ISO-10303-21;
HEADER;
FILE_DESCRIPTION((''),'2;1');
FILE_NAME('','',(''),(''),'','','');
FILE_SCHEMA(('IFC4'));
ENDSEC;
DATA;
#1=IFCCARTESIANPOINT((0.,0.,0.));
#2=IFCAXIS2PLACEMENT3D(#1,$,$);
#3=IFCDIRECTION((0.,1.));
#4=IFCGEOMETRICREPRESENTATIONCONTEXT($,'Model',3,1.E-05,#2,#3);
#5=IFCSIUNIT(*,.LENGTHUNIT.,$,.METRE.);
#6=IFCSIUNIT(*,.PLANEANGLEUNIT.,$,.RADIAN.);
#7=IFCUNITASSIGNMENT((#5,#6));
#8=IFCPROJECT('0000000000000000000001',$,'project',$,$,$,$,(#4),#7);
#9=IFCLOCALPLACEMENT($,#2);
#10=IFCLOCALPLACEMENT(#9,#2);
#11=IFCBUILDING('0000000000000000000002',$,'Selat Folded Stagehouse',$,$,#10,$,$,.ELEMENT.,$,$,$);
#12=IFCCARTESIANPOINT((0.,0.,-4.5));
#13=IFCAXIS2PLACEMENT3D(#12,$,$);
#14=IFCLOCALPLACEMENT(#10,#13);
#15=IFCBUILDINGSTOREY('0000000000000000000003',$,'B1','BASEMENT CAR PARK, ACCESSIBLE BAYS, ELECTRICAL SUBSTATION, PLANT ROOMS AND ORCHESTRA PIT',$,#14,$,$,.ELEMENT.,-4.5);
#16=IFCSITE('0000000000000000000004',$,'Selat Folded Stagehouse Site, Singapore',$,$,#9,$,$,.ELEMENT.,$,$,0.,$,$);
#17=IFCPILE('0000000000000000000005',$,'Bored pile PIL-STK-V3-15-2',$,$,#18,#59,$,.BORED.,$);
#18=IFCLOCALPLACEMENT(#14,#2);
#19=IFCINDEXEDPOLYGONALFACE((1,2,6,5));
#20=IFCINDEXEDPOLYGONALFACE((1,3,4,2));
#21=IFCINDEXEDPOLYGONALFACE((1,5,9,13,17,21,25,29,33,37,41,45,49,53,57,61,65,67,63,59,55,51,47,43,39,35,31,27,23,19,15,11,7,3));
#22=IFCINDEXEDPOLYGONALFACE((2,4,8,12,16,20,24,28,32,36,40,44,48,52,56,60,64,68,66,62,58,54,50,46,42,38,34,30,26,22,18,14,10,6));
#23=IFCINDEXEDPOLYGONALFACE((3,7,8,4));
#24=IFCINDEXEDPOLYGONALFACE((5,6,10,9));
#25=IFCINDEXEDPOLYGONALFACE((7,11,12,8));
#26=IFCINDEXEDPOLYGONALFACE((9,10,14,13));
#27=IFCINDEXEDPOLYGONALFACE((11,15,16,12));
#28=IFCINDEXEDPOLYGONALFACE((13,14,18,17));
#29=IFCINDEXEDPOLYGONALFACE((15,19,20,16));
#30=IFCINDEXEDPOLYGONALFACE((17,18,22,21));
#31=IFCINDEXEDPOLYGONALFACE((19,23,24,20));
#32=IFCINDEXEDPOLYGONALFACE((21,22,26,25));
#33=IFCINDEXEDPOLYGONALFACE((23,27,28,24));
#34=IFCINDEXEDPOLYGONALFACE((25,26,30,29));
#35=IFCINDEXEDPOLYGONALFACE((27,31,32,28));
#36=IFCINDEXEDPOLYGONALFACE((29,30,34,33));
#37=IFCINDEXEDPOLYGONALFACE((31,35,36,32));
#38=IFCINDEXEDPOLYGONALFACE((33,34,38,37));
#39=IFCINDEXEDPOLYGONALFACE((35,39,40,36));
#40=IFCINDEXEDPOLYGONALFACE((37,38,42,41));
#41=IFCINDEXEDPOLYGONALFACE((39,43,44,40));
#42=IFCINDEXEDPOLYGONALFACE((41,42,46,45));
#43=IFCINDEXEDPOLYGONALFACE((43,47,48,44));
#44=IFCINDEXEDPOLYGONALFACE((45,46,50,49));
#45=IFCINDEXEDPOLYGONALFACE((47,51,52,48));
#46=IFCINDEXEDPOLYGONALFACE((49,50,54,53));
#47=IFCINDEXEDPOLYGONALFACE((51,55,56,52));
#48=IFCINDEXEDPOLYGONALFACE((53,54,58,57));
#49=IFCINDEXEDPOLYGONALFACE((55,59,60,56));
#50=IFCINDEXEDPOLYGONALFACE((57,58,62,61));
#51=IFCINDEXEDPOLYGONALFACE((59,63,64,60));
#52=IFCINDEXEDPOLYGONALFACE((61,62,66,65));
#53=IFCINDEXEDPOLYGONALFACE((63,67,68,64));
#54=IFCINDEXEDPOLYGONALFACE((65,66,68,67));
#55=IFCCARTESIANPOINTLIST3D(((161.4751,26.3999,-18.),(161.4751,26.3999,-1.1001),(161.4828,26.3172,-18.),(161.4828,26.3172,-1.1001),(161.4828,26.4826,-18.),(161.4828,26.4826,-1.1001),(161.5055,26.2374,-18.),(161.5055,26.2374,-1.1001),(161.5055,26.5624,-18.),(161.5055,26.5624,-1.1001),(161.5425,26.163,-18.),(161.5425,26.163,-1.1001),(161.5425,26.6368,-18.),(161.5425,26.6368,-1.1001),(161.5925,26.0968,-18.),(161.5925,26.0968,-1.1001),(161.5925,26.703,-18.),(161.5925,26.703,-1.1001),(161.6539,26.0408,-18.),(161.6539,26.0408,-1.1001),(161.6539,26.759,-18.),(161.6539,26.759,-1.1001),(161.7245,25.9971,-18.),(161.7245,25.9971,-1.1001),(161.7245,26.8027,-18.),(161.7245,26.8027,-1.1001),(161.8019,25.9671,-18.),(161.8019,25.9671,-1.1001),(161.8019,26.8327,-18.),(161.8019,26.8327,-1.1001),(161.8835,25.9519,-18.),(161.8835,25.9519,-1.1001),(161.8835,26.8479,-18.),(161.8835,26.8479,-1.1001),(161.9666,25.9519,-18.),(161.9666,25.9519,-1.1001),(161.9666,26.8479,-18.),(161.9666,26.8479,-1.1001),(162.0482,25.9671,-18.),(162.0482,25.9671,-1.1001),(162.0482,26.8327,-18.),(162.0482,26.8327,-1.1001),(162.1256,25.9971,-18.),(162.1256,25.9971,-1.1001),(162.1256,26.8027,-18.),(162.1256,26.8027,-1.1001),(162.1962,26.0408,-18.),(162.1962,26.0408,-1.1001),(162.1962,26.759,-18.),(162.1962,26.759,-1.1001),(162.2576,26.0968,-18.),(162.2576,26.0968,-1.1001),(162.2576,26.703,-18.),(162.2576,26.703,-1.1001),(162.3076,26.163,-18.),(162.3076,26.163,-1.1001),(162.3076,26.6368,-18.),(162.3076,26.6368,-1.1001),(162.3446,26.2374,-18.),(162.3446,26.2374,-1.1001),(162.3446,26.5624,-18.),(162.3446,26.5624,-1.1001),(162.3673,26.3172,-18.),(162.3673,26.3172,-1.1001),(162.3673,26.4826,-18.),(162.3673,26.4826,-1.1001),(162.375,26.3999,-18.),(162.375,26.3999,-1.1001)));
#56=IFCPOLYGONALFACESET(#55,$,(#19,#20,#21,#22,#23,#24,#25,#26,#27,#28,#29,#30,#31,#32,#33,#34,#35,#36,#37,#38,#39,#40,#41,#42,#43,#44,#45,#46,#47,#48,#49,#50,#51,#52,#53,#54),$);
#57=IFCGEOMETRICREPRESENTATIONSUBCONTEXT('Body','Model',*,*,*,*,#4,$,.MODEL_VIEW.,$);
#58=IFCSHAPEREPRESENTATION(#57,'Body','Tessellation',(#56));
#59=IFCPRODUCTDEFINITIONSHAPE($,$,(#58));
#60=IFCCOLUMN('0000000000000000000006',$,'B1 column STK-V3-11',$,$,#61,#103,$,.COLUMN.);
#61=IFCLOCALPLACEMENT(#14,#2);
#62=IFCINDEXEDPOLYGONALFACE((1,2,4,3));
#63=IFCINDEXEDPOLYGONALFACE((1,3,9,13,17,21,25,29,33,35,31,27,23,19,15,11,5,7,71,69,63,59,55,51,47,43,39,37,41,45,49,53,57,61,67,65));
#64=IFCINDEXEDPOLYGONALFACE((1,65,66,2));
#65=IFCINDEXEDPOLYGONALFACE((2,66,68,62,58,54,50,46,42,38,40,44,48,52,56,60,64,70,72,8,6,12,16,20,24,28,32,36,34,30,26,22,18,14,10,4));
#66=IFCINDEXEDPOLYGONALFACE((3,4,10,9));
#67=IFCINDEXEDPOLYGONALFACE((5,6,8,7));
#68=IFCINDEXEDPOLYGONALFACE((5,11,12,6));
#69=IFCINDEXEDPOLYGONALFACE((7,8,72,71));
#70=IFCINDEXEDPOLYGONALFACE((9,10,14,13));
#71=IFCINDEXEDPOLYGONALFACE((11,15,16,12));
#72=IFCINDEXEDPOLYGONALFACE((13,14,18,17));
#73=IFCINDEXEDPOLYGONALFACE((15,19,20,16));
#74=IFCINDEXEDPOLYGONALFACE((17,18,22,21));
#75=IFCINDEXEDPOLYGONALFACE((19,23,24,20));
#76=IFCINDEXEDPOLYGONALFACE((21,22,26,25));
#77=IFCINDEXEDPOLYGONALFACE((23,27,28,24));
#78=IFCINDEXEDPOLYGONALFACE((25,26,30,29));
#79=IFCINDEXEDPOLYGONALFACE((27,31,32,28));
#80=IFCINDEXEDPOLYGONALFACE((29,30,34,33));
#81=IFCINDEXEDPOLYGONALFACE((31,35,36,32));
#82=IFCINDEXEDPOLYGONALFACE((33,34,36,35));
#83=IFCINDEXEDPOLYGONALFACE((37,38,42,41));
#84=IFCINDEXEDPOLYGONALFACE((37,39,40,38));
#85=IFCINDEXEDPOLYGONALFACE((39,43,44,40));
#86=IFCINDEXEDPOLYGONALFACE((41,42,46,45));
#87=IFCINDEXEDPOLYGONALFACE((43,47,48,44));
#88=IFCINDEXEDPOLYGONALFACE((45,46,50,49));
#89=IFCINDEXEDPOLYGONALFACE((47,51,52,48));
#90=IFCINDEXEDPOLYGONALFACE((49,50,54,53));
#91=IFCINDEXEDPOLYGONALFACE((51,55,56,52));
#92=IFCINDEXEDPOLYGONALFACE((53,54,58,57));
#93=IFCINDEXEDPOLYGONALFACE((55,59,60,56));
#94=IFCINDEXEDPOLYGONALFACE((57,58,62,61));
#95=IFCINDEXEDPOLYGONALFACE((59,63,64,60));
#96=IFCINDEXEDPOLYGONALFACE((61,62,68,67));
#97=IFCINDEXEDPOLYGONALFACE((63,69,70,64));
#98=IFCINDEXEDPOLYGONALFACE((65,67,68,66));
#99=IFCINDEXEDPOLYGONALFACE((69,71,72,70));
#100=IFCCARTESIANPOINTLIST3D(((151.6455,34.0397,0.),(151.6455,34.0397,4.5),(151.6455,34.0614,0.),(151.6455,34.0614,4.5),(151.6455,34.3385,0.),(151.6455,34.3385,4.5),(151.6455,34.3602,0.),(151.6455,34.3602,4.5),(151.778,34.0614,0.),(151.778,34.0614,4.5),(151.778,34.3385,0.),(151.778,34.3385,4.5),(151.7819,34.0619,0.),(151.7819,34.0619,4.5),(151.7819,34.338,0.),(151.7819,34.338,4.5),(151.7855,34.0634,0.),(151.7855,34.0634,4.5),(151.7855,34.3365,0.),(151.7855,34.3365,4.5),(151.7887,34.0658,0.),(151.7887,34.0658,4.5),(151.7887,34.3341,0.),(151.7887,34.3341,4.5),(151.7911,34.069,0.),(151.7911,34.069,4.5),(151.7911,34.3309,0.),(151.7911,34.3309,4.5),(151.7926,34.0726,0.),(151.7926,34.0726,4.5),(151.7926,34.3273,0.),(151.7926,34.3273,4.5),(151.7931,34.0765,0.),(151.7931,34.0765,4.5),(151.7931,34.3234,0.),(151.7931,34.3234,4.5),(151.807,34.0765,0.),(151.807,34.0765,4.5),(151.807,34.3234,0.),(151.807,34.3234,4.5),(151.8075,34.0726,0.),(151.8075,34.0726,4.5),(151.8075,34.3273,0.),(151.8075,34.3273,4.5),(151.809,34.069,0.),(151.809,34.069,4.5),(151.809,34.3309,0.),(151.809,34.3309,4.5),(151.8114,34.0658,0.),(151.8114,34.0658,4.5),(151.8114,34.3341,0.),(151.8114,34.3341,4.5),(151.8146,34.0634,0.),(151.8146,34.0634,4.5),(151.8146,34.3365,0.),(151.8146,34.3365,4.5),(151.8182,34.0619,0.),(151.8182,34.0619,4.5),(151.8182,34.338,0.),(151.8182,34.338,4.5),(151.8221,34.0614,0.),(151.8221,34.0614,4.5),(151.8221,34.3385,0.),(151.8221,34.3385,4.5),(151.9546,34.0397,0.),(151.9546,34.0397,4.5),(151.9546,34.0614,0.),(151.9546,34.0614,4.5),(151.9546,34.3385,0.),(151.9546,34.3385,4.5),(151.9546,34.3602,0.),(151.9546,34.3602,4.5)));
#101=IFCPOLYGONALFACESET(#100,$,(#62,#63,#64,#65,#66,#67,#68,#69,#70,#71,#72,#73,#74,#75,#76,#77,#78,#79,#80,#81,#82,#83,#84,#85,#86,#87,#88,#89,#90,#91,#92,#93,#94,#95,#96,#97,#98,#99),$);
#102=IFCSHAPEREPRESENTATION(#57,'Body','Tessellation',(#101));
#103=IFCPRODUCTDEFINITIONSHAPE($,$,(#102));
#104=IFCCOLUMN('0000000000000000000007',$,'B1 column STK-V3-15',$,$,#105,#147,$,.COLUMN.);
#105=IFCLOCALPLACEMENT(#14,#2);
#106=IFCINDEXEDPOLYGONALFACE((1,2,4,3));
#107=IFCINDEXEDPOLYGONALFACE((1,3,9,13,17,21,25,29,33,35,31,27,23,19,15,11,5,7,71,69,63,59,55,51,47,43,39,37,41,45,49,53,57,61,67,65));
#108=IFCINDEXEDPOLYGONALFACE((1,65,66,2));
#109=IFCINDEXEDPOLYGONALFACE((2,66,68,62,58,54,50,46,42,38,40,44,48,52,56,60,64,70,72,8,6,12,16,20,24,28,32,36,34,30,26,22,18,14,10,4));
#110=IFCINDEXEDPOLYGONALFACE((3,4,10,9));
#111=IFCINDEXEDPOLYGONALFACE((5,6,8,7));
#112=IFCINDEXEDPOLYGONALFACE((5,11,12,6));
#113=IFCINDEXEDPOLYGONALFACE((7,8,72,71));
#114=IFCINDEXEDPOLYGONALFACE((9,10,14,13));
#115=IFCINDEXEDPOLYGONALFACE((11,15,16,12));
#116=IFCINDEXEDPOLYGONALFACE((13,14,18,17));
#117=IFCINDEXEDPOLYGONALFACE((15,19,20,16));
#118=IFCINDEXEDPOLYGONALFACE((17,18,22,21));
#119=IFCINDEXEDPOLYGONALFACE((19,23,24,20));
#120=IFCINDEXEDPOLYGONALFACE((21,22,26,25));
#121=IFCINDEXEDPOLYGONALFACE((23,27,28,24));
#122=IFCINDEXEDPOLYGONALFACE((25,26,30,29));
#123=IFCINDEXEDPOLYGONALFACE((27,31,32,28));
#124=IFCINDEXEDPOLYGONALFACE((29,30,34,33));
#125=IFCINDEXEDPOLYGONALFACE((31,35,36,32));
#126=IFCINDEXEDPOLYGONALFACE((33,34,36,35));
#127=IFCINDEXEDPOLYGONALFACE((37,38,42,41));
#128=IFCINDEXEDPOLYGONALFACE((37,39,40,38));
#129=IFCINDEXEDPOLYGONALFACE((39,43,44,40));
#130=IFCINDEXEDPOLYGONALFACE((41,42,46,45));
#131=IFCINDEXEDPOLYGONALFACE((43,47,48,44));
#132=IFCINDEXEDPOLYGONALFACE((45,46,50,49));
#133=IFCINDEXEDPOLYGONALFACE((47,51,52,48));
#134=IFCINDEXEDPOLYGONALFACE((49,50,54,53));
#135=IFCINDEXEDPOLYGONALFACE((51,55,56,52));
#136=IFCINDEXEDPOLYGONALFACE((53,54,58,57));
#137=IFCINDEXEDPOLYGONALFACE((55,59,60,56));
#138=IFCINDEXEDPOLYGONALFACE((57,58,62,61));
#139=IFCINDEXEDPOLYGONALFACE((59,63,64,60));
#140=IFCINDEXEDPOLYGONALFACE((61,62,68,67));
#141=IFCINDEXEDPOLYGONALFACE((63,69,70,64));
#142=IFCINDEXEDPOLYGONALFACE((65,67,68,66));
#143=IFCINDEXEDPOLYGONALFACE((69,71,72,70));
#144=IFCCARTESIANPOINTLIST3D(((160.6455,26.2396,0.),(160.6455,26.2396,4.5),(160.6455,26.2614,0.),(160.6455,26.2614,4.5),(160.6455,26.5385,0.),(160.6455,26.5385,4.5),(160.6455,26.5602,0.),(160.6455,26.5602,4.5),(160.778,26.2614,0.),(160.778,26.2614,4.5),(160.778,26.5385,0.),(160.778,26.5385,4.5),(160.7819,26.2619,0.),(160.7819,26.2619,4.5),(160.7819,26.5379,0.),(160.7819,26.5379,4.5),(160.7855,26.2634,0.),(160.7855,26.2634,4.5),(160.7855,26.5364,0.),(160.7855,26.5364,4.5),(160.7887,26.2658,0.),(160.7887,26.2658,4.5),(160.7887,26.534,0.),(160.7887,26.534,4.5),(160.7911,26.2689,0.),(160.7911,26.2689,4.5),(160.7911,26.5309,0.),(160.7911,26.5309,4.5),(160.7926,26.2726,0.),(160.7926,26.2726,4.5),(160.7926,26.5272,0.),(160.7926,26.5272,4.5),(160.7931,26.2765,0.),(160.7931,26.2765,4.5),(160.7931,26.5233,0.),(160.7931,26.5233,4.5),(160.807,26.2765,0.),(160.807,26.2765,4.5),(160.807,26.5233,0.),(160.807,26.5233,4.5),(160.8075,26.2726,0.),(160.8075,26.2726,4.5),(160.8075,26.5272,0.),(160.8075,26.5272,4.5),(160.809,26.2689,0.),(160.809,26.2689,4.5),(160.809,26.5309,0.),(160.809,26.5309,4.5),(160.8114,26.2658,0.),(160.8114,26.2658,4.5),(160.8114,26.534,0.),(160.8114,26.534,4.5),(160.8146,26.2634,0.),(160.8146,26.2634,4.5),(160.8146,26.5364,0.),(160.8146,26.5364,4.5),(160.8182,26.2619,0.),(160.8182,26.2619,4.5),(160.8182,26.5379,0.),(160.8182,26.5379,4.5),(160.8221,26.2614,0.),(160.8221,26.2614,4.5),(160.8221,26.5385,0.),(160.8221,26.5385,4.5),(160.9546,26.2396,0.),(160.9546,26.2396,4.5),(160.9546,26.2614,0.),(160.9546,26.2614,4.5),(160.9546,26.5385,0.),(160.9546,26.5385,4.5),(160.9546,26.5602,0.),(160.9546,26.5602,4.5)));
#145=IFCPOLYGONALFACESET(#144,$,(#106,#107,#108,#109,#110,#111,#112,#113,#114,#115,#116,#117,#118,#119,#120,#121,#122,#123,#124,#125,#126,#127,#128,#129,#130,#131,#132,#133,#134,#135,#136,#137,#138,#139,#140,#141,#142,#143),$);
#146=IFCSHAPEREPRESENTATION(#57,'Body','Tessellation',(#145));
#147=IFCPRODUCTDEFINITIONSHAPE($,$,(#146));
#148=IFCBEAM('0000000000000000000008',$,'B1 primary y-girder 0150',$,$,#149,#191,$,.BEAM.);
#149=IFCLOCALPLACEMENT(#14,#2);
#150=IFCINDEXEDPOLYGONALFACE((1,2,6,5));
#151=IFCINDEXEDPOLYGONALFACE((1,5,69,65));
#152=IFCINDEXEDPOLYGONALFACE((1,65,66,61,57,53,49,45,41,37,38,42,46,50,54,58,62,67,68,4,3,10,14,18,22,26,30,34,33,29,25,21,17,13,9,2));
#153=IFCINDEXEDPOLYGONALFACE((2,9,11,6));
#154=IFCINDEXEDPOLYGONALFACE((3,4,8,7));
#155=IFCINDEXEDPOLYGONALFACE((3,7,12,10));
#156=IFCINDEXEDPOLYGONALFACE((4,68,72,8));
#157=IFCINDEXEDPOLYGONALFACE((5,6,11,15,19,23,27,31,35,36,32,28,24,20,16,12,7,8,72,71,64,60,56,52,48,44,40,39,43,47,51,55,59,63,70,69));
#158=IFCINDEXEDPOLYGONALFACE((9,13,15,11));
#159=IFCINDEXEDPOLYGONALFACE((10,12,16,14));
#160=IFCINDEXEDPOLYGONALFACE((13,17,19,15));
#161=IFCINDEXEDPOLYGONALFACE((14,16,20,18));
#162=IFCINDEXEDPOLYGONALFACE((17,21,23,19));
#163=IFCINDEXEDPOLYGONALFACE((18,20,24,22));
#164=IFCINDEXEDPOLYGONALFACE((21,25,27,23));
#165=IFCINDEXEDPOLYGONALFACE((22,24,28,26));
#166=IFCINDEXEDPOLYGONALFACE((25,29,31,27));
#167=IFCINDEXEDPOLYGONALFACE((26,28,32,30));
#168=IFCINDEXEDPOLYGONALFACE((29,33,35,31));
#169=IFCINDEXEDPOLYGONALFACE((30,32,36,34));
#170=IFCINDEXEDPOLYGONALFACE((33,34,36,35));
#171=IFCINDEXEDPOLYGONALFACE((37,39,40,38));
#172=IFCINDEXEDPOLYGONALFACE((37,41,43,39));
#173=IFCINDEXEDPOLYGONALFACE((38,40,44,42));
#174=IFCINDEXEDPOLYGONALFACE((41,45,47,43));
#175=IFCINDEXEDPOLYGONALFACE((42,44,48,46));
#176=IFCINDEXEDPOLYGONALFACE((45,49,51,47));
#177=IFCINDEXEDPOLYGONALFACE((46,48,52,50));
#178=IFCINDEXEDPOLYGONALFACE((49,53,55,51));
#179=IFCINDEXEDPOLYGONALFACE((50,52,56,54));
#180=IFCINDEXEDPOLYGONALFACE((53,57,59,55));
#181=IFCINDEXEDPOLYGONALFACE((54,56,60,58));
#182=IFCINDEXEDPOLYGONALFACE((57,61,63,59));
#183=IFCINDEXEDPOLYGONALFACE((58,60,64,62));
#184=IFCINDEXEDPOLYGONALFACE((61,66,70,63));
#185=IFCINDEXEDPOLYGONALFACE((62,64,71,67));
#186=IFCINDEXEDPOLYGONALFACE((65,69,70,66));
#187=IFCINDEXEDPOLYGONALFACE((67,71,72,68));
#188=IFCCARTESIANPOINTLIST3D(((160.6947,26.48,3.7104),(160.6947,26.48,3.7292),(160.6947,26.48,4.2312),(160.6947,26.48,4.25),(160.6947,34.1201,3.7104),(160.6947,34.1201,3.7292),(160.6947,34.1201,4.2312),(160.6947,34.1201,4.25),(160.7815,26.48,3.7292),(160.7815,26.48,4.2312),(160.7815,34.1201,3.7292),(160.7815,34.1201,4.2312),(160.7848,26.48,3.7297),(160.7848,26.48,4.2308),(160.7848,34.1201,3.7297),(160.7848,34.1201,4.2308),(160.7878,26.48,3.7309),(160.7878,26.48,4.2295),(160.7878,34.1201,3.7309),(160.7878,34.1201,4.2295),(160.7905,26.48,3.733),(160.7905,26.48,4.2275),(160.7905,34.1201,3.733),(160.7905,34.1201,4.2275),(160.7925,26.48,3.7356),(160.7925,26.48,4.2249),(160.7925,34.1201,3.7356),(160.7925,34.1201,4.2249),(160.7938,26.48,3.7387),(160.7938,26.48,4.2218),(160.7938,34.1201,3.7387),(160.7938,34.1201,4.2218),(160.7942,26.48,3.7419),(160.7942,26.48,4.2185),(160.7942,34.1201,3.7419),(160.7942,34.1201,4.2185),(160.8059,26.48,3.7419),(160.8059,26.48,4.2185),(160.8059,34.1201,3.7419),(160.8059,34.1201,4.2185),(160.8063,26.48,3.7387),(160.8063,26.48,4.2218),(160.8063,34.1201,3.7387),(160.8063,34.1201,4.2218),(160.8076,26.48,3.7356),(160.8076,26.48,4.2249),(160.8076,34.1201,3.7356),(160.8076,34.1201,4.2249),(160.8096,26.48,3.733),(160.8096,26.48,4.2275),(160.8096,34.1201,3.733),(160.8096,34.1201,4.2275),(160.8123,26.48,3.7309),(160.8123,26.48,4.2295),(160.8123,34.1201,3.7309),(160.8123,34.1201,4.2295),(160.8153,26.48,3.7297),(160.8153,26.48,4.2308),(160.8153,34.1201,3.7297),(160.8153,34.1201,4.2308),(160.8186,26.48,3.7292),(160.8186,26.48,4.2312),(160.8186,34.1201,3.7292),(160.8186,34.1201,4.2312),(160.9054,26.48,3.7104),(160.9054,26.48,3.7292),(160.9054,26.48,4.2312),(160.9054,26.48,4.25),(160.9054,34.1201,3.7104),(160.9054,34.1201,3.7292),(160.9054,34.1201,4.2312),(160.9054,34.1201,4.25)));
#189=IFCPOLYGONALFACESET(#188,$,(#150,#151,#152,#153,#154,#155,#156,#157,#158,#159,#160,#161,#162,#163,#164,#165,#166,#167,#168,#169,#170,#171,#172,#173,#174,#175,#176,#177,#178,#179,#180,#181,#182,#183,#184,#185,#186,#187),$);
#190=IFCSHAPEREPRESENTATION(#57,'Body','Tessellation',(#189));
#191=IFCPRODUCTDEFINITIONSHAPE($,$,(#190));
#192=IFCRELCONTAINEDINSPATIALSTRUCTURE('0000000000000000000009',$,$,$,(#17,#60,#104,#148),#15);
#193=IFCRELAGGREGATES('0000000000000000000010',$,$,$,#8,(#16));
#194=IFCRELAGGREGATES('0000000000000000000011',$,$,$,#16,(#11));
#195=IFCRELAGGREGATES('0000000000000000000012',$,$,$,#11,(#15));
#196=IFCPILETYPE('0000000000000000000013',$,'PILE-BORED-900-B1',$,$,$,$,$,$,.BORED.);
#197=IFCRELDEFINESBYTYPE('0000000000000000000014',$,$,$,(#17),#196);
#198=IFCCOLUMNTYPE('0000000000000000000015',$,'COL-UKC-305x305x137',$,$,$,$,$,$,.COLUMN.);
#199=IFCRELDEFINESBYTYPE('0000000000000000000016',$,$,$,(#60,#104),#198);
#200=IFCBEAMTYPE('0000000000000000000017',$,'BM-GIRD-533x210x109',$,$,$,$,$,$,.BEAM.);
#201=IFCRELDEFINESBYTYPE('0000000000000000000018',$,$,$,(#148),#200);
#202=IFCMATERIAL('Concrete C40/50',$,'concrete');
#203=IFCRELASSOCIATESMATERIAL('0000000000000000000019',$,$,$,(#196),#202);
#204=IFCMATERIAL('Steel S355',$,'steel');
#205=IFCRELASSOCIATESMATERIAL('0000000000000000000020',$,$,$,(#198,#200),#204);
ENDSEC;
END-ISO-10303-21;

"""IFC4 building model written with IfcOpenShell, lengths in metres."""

from ifc_helpers import new_model, si_unit, direction, frame, origin, origin_2d, place, context, subcontext, project, spatial, circle, i_section, extrude, material, material_profile, profile_set, type_object, element, save


model = new_model("IFC4")

# Units and contexts
model_context = context("Model", 3, precision=1e-05, world=origin(), true_north=direction((0.0, 1.0)))
body_context = subcontext(model_context, "Body", "Model", "MODEL_VIEW")
ifc_project = project(units=[si_unit("LENGTHUNIT", "METRE"), si_unit("PLANEANGLEUNIT", "RADIAN")], contexts=[model_context])

# Site, building, storey
site_placement = place(None, origin())
site = spatial("IfcSite", under=ifc_project, at=site_placement, Name="Selat Folded Stagehouse Site, Singapore", CompositionType="ELEMENT", RefElevation=0.0)
building_placement = place(site_placement, origin())
building = spatial("IfcBuilding", under=site, at=building_placement, Name="Selat Folded Stagehouse", CompositionType="ELEMENT")
storey_placement = place(building_placement, frame((0.0, 0.0, -4.5)))
storey = spatial("IfcBuildingStorey", under=building, at=storey_placement, Name="B1", Description="BASEMENT CAR PARK, ACCESSIBLE BAYS, ELECTRICAL SUBSTATION, PLANT ROOMS AND ORCHESTRA PIT", CompositionType="ELEMENT", Elevation=-4.5)

# Shared definitions
ifc_material_1 = material(Name="Concrete C40/50", Category="concrete")

# Pile
ifc_material_profile_1 = material_profile(ifc_material_1, circle(Radius=0.45, at=origin_2d()), Name="PILE D900")
ifc_profile_set_1 = profile_set([ifc_material_profile_1], Name="Concrete C40/50")
pile_type = type_object("IfcPileType", Name="PILE-BORED-900-B1", PredefinedType="BORED", material=ifc_profile_set_1)
for number, where, z_axis, x_axis, name in (
    (1, (161.925, 26.3999, -1.1001), (0.0, 0.0, -1.0), (1.0, 0.0, 0.0), "Bored pile PIL-STK-V3-15-2"),
):
    element("IfcPile", number, at=place(storey_placement, frame(where, z_axis=z_axis, x_axis=x_axis)), inside=storey, type_object=pile_type, Name=name, PredefinedType="BORED", context=body_context, shape_type="SweptSolid", body=[
        extrude(circle(Radius=0.45, at=origin_2d()), origin(), (0.0, 0.0, 1.0), 16.8999),
    ])

# Columns
ifc_material_2 = material(Name="Steel S355", Category="steel")
ifc_material_profile_2 = material_profile(ifc_material_2, i_section(OverallWidth=0.3091, OverallDepth=0.3206, WebThickness=0.0139, FlangeThickness=0.0217, FilletRadius=0.0151, at=origin_2d()), Name="UKC 305x305x137")
ifc_profile_set_2 = profile_set([ifc_material_profile_2], Name="Steel S355")
column_type = type_object("IfcColumnType", Name="COL-UKC-305x305x137", PredefinedType="COLUMN", material=ifc_profile_set_2)
for number, where, z_axis, x_axis, name in (
    (2, (151.8, 34.2, 0.0), (0.0, 0.0, 1.0), (1.0, 0.0, 0.0), "B1 column STK-V3-11"),
    (3, (160.8, 26.3999, 0.0), (0.0, 0.0, 1.0), (1.0, 0.0, 0.0), "B1 column STK-V3-15"),
):
    element("IfcColumn", number, at=place(storey_placement, frame(where, z_axis=z_axis, x_axis=x_axis)), inside=storey, type_object=column_type, Name=name, PredefinedType="COLUMN", context=body_context, shape_type="SweptSolid", body=[
        extrude(i_section(OverallWidth=0.3091, OverallDepth=0.3206, WebThickness=0.0139, FlangeThickness=0.0217, FilletRadius=0.0151, at=origin_2d()), origin(), (0.0, 0.0, 1.0), 4.5),
    ])

# Beam
ifc_material_profile_3 = material_profile(ifc_material_2, i_section(OverallWidth=0.2107, OverallDepth=0.5396, WebThickness=0.0117, FlangeThickness=0.0188, FilletRadius=0.0127, at=origin_2d()), Name="UKB 533x210x109")
ifc_profile_set_3 = profile_set([ifc_material_profile_3], Name="Steel S355")
beam_type_1 = type_object("IfcBeamType", Name="BM-GIRD-533x210x109", PredefinedType="BEAM", material=ifc_profile_set_3)
beam_1_placement = place(storey_placement, frame((160.8, 26.48, 3.9802), z_axis=(0.0, 1.0, 0.0), x_axis=(-1.0, 0.0, 0.0)))
element("IfcBeam", 4, at=beam_1_placement, inside=storey, type_object=beam_type_1, Name="B1 primary y-girder 0150", PredefinedType="BEAM", context=body_context, shape_type="SweptSolid", body=[
    extrude(i_section(OverallWidth=0.2107, OverallDepth=0.5396, WebThickness=0.0117, FlangeThickness=0.0188, FilletRadius=0.0127, at=origin_2d()), origin(), (0.0, 0.0, 1.0), 7.6401),
])

save(model, "model.ifc")
